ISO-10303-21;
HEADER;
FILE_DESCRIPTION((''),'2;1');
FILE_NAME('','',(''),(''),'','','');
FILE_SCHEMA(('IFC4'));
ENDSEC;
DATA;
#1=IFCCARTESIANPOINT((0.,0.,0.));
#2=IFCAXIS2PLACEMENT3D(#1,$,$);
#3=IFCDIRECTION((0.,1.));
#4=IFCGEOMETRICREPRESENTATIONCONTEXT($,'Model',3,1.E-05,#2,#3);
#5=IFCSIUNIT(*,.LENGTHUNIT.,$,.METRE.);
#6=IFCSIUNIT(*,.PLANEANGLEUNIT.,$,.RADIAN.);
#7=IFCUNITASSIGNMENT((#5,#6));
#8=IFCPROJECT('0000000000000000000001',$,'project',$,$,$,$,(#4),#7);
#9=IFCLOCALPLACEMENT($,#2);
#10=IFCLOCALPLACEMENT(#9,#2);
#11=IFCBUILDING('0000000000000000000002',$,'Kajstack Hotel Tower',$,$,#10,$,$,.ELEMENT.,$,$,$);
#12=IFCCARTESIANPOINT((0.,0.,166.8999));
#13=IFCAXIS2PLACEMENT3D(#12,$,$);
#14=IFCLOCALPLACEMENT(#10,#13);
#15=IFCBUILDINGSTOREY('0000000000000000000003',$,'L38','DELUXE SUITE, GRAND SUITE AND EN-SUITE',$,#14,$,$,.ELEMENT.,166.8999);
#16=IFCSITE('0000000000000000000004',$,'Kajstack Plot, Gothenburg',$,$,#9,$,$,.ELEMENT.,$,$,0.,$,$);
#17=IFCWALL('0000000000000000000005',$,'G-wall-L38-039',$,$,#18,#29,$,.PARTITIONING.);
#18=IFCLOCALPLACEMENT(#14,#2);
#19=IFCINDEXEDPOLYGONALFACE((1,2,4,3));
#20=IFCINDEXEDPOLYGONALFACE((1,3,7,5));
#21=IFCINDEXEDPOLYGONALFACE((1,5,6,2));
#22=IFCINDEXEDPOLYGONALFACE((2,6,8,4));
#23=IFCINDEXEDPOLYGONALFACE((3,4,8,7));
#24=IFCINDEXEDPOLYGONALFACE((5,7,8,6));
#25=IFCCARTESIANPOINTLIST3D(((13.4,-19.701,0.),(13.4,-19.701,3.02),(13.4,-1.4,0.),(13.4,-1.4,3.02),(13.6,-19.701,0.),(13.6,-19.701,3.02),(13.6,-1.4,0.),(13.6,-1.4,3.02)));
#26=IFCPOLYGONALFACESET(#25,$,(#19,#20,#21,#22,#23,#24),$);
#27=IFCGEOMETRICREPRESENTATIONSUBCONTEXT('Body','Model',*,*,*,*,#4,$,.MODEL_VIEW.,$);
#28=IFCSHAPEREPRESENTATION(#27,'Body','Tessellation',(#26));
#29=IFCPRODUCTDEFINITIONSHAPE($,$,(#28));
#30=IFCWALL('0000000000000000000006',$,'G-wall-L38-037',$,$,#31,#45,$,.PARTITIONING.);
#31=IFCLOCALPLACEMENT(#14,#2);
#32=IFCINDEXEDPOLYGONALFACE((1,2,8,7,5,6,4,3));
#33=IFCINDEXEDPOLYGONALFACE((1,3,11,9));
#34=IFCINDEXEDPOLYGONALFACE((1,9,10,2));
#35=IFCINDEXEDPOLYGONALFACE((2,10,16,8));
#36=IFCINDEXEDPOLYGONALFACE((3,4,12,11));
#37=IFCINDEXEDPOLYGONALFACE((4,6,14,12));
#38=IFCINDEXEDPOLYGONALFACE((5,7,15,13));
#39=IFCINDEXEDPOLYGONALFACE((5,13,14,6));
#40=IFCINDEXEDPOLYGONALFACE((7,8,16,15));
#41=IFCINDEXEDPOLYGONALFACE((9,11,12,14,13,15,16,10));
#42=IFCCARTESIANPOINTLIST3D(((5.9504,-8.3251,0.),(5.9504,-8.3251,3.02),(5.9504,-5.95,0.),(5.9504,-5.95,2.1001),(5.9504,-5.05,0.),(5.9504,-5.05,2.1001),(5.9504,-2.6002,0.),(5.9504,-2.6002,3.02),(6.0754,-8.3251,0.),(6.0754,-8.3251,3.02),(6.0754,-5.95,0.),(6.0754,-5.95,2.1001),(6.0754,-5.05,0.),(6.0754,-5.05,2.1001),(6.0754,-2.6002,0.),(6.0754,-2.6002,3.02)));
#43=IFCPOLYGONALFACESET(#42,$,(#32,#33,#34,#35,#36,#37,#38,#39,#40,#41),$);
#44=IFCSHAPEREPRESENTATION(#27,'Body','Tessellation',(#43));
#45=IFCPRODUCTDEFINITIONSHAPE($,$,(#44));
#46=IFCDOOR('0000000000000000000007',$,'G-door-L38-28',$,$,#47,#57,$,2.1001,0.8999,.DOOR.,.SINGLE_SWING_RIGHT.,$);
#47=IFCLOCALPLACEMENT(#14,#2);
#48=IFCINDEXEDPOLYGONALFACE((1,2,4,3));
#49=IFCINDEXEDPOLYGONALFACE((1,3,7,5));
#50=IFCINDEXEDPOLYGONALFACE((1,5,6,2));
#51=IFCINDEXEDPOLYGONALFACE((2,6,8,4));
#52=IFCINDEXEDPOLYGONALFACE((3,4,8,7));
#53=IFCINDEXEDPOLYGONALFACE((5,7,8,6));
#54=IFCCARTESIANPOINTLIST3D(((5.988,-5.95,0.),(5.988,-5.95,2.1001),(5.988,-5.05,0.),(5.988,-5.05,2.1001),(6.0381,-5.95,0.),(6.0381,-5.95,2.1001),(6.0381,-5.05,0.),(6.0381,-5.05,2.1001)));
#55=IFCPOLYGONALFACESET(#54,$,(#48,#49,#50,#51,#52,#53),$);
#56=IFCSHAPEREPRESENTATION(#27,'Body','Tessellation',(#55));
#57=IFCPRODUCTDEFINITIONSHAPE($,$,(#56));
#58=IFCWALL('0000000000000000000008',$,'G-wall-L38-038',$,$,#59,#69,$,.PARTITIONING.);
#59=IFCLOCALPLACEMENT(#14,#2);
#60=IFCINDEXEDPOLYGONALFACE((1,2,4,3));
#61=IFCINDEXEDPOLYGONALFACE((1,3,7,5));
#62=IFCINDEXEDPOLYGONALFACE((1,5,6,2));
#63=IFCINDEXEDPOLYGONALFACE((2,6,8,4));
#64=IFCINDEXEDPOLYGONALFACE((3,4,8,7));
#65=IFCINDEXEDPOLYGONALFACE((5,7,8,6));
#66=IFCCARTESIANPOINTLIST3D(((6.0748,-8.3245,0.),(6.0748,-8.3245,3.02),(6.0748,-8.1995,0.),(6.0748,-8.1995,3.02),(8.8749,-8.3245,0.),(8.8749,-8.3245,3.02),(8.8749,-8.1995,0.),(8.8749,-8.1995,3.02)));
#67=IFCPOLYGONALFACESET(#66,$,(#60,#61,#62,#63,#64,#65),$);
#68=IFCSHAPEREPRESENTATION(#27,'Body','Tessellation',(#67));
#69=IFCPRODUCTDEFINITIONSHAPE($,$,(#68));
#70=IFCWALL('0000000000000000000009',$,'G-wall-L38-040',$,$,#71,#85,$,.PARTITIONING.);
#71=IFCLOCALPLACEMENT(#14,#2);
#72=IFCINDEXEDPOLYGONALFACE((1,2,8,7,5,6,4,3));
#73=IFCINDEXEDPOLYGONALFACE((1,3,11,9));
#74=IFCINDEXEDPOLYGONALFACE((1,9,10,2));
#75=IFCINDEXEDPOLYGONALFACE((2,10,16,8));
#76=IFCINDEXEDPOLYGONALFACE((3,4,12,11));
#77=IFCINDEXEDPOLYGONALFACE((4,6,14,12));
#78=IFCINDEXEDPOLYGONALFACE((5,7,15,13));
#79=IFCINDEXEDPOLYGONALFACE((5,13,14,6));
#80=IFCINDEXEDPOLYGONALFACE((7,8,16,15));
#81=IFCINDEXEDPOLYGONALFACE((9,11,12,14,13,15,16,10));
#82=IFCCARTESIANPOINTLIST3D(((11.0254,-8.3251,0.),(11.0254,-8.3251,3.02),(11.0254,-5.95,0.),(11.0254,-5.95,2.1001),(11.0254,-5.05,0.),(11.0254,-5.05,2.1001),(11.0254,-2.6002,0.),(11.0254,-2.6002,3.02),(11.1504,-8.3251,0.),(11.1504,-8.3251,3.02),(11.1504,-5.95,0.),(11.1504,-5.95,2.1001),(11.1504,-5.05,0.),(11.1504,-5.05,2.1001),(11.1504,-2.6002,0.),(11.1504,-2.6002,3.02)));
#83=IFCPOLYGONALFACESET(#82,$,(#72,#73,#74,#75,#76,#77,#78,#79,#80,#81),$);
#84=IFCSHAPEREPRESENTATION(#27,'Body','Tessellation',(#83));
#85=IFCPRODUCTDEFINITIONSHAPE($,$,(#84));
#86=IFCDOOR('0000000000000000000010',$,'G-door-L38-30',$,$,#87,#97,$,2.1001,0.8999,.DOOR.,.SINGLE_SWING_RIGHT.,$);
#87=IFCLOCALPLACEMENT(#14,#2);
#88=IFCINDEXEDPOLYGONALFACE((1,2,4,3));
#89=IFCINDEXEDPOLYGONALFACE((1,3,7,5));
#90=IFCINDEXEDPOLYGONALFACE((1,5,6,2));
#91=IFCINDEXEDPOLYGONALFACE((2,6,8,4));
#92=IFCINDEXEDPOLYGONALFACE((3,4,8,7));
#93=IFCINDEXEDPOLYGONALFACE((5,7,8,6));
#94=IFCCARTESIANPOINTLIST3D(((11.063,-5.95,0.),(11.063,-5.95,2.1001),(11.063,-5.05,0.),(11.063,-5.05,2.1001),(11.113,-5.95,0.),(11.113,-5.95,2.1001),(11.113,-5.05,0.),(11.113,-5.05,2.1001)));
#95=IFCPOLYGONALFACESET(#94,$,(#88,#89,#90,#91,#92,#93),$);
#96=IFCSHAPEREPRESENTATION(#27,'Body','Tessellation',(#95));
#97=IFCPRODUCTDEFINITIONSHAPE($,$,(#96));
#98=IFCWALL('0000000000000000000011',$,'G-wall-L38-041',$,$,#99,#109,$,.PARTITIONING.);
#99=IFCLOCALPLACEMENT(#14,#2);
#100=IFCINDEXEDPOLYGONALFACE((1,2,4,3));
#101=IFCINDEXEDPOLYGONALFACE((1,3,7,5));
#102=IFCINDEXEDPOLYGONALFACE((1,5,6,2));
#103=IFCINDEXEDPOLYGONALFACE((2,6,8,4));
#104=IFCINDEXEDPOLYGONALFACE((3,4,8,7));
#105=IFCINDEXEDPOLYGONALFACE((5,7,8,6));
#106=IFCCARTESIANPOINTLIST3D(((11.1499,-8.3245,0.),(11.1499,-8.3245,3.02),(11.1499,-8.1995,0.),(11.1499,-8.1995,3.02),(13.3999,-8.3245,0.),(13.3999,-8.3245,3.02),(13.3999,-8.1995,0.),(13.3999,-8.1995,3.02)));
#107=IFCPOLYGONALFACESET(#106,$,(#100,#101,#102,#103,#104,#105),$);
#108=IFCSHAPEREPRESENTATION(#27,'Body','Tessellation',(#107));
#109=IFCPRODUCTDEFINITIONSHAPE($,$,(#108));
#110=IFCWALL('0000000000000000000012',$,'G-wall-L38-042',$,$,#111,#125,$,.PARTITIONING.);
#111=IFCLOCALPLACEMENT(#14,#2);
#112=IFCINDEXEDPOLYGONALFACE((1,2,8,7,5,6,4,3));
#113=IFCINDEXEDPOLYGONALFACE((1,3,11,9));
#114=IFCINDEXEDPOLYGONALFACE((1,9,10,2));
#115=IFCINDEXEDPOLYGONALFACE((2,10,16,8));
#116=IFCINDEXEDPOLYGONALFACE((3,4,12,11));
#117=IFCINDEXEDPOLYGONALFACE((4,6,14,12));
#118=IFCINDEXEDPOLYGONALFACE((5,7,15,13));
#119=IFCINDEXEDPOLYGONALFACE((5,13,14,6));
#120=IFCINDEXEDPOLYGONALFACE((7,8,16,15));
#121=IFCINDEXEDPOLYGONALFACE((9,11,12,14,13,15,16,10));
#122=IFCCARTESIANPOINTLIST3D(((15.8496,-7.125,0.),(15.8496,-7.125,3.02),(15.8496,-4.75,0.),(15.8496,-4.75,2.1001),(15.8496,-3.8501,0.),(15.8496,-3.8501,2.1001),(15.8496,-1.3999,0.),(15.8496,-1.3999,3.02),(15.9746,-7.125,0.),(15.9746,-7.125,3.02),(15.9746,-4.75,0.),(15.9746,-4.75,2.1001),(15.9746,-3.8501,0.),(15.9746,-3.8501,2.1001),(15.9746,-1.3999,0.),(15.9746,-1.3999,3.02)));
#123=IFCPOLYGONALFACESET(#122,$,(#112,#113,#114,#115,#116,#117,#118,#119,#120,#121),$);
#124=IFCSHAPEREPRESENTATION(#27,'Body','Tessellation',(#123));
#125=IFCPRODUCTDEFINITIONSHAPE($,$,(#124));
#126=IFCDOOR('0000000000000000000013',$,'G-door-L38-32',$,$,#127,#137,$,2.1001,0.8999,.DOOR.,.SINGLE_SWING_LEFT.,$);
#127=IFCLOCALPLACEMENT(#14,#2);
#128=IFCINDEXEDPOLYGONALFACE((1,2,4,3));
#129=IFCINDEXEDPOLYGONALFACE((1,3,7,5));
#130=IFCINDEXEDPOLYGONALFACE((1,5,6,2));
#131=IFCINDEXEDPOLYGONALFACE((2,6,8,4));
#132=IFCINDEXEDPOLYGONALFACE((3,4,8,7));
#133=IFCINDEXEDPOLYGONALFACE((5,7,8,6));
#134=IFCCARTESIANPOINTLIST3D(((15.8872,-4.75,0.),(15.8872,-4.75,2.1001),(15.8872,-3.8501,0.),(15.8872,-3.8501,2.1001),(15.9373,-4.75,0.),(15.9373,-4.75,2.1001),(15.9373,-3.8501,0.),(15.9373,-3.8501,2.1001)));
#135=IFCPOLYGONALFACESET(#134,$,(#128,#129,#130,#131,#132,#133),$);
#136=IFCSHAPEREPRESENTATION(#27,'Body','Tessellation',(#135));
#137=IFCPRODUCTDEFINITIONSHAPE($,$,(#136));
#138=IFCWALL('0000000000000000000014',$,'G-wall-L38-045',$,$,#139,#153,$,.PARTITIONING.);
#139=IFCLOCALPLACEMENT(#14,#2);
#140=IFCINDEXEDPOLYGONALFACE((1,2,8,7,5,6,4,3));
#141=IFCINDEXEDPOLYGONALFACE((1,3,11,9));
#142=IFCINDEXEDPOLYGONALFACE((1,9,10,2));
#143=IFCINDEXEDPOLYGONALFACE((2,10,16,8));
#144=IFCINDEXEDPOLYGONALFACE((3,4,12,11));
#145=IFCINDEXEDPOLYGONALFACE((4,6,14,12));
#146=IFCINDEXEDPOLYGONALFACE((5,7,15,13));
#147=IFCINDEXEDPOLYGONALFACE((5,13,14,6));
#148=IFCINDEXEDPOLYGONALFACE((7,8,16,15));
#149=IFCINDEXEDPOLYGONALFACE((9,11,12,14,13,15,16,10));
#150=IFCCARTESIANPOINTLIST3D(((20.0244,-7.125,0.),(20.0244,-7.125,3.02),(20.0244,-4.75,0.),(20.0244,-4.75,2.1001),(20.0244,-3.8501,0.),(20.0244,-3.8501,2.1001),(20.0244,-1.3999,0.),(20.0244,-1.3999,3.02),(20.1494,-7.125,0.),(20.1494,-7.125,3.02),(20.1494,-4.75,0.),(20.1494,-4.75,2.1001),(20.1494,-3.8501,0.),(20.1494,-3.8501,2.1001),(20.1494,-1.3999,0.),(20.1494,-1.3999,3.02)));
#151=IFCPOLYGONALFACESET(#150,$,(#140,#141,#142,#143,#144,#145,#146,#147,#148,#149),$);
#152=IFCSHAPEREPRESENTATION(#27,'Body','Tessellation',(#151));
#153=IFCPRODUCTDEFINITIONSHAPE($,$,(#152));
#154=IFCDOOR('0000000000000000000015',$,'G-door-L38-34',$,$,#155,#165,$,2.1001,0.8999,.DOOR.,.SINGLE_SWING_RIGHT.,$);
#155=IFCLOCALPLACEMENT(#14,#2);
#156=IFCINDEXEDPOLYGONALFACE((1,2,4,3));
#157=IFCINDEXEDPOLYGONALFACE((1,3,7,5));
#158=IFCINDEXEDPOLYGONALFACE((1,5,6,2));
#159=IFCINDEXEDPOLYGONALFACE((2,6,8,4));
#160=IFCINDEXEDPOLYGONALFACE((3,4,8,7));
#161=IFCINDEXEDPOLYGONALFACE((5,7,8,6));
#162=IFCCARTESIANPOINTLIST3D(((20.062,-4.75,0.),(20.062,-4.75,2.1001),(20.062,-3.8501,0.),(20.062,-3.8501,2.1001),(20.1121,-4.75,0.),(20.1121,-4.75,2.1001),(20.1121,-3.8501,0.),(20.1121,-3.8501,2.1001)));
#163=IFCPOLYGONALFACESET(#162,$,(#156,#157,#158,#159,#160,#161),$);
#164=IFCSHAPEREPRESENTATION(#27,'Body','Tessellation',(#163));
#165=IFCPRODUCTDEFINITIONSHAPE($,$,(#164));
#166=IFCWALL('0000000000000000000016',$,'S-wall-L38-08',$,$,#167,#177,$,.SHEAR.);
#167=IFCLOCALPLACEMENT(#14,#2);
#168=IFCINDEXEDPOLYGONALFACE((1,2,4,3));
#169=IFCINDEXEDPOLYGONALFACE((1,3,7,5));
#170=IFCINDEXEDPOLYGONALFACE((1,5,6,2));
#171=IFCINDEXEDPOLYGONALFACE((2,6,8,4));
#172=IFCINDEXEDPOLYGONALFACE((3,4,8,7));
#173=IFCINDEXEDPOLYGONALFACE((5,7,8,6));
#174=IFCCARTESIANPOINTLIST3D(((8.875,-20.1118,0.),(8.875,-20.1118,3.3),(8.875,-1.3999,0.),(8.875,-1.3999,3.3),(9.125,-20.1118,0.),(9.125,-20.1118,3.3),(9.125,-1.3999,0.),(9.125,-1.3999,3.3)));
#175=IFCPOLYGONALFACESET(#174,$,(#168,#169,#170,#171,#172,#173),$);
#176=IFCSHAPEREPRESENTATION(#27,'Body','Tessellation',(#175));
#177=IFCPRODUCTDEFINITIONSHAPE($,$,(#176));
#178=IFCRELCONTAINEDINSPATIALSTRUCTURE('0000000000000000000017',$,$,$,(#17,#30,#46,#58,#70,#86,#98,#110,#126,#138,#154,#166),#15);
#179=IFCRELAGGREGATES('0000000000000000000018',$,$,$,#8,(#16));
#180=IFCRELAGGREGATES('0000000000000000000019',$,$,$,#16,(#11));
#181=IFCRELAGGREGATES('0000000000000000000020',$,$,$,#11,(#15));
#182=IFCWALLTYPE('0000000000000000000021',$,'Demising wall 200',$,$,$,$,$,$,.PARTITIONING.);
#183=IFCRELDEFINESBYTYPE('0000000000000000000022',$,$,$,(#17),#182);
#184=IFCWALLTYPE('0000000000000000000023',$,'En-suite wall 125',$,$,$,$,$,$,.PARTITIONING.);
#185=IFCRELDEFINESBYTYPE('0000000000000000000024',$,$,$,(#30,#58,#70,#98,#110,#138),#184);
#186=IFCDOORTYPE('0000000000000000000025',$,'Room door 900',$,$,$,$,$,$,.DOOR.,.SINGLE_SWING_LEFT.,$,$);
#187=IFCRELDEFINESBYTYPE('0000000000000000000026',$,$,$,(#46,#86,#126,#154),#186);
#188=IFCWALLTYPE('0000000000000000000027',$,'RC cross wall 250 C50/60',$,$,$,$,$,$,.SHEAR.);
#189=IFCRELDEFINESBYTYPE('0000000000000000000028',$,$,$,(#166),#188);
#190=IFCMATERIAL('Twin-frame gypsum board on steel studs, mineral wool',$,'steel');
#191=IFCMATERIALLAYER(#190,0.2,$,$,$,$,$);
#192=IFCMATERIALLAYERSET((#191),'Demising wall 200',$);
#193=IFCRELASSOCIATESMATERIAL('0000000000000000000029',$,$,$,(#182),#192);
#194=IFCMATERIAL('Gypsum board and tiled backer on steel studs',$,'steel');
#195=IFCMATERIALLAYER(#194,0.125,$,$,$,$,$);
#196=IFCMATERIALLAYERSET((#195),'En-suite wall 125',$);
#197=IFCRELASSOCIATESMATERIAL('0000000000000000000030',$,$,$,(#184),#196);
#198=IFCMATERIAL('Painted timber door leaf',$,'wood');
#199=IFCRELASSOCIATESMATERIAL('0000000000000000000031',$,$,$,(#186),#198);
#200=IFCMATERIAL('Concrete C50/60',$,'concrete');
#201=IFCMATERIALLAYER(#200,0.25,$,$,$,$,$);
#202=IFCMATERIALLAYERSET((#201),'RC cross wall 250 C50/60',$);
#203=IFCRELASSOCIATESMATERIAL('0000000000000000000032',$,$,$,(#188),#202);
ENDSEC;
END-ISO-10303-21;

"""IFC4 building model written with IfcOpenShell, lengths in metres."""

from ifc_helpers import new_model, si_unit, direction, frame, frame_2d, origin, place, context, subcontext, project, spatial, rectangle, extrude, material, layer, layer_set, type_object, element, fill, save


model = new_model("IFC4")

# Units and contexts
model_context = context("Model", 3, precision=1e-05, world=origin(), true_north=direction((0.0, 1.0)))
body_context = subcontext(model_context, "Body", "Model", "MODEL_VIEW")
ifc_project = project(units=[si_unit("LENGTHUNIT", "METRE"), si_unit("PLANEANGLEUNIT", "RADIAN")], contexts=[model_context])

# Site, building, storey
site_placement = place(None, origin())
site = spatial("IfcSite", under=ifc_project, at=site_placement, Name="Kajstack Plot, Gothenburg", CompositionType="ELEMENT", RefElevation=0.0)
building_placement = place(site_placement, origin())
building = spatial("IfcBuilding", under=site, at=building_placement, Name="Kajstack Hotel Tower", CompositionType="ELEMENT")
storey_placement = place(building_placement, frame((0.0, 0.0, 166.8999)))
storey = spatial("IfcBuildingStorey", under=building, at=storey_placement, Name="L38", Description="DELUXE SUITE, GRAND SUITE AND EN-SUITE", CompositionType="ELEMENT", Elevation=166.8999)

# Wall
ifc_material_1 = material(Name="Twin-frame gypsum board on steel studs, mineral wool", Category="steel")
ifc_layer_1 = layer(ifc_material_1, 0.2)
ifc_layer_set_1 = layer_set([ifc_layer_1], Name="Demising wall 200")
wall_type_1 = type_object("IfcWallType", Name="Demising wall 200", PredefinedType="PARTITIONING", material=ifc_layer_set_1)
wall_1_placement = place(storey_placement, frame((13.5, -19.7009, 0.0), z_axis=(0.0, 0.0, 1.0), x_axis=(0.0, 1.0, 0.0)))
element("IfcWall", 1, at=wall_1_placement, inside=storey, type_object=wall_type_1, Name="G-wall-L38-039", PredefinedType="PARTITIONING", context=body_context, shape_type="SweptSolid", body=[
    extrude(rectangle(XDim=18.301, YDim=0.2, at=frame_2d((9.1504, 0.0))), origin(), (0.0, 0.0, 1.0), 3.02),
])

# Wall, opening, door
ifc_material_2 = material(Name="Gypsum board and tiled backer on steel studs", Category="steel")
ifc_layer_2 = layer(ifc_material_2, 0.125)
ifc_layer_set_2 = layer_set([ifc_layer_2], Name="En-suite wall 125")
wall_type_2 = type_object("IfcWallType", Name="En-suite wall 125", PredefinedType="PARTITIONING", material=ifc_layer_set_2)
wall_2_placement = place(storey_placement, frame((6.0129, -8.325, 0.0), z_axis=(0.0, 0.0, 1.0), x_axis=(0.0, 1.0, 0.0)))
wall_2 = element("IfcWall", 2, at=wall_2_placement, inside=storey, type_object=wall_type_2, Name="G-wall-L38-037", PredefinedType="PARTITIONING", context=body_context, shape_type="SweptSolid", body=[
    extrude(rectangle(XDim=5.7249, YDim=0.125, at=frame_2d((2.8623, 0.0))), origin(), (0.0, 0.0, 1.0), 3.02),
])
opening_1_placement = place(wall_2_placement, frame((2.375, 0.0, 0.0)))
opening_1 = element("IfcOpeningElement", 3, at=opening_1_placement, cuts=wall_2, PredefinedType="OPENING", context=body_context, shape_type="SweptSolid", body=[
    extrude(rectangle(XDim=0.8999, YDim=2.1001, at=frame_2d((0.45, 1.05))), frame((0.0, 0.0725, 0.0), z_axis=(0.0, -1.0, 0.0), x_axis=(1.0, 0.0, 0.0)), (0.0, 0.0, 1.0), 0.145),
])
ifc_material_3 = material(Name="Painted timber door leaf", Category="wood")
door_type = type_object("IfcDoorType", Name="Room door 900", OperationType="SINGLE_SWING_LEFT", PredefinedType="DOOR", material=ifc_material_3)
door_1_placement = place(opening_1_placement, origin())
door_1 = element("IfcDoor", 4, at=door_1_placement, inside=storey, type_object=door_type, Name="G-door-L38-28", OperationType="SINGLE_SWING_RIGHT", OverallHeight=2.1001, OverallWidth=0.8999, PredefinedType="DOOR", context=body_context, shape_type="SweptSolid", body=[
    extrude(rectangle(XDim=0.8999, YDim=2.1001, at=frame_2d((0.45, 1.05))), frame((0.0, 0.0249, 0.0), z_axis=(0.0, -1.0, 0.0), x_axis=(1.0, 0.0, 0.0)), (0.0, 0.0, 1.0), 0.05),
])
fill(opening_1, door_1)

# Wall
wall_3_placement = place(storey_placement, frame((6.075, -8.262, 0.0), z_axis=(0.0, 0.0, 1.0), x_axis=(1.0, 0.0, 0.0)))
element("IfcWall", 5, at=wall_3_placement, inside=storey, type_object=wall_type_2, Name="G-wall-L38-038", PredefinedType="PARTITIONING", context=body_context, shape_type="SweptSolid", body=[
    extrude(rectangle(XDim=2.8, YDim=0.125, at=frame_2d((1.3999, 0.0))), origin(), (0.0, 0.0, 1.0), 3.02),
])

# Wall, opening, door
wall_4_placement = place(storey_placement, frame((11.0879, -8.325, 0.0), z_axis=(0.0, 0.0, 1.0), x_axis=(0.0, 1.0, 0.0)))
wall_4 = element("IfcWall", 6, at=wall_4_placement, inside=storey, type_object=wall_type_2, Name="G-wall-L38-040", PredefinedType="PARTITIONING", context=body_context, shape_type="SweptSolid", body=[
    extrude(rectangle(XDim=5.7249, YDim=0.125, at=frame_2d((2.8623, 0.0))), origin(), (0.0, 0.0, 1.0), 3.02),
])
opening_2_placement = place(wall_4_placement, frame((2.375, 0.0, 0.0)))
opening_2 = element("IfcOpeningElement", 7, at=opening_2_placement, cuts=wall_4, PredefinedType="OPENING", context=body_context, shape_type="SweptSolid", body=[
    extrude(rectangle(XDim=0.8999, YDim=2.1001, at=frame_2d((0.45, 1.05))), frame((0.0, 0.0725, 0.0), z_axis=(0.0, -1.0, 0.0), x_axis=(1.0, 0.0, 0.0)), (0.0, 0.0, 1.0), 0.145),
])
door_2_placement = place(opening_2_placement, origin())
door_2 = element("IfcDoor", 8, at=door_2_placement, inside=storey, type_object=door_type, Name="G-door-L38-30", OperationType="SINGLE_SWING_RIGHT", OverallHeight=2.1001, OverallWidth=0.8999, PredefinedType="DOOR", context=body_context, shape_type="SweptSolid", body=[
    extrude(rectangle(XDim=0.8999, YDim=2.1001, at=frame_2d((0.45, 1.05))), frame((0.0, 0.0249, 0.0), z_axis=(0.0, -1.0, 0.0), x_axis=(1.0, 0.0, 0.0)), (0.0, 0.0, 1.0), 0.05),
])
fill(opening_2, door_2)

# Wall
wall_5_placement = place(storey_placement, frame((11.1499, -8.262, 0.0), z_axis=(0.0, 0.0, 1.0), x_axis=(1.0, 0.0, 0.0)))
element("IfcWall", 9, at=wall_5_placement, inside=storey, type_object=wall_type_2, Name="G-wall-L38-041", PredefinedType="PARTITIONING", context=body_context, shape_type="SweptSolid", body=[
    extrude(rectangle(XDim=2.25, YDim=0.125, at=frame_2d((1.125, 0.0))), origin(), (0.0, 0.0, 1.0), 3.02),
])

# Walls, openings, doors
wall_6_placement = place(storey_placement, frame((15.9121, -7.125, 0.0), z_axis=(0.0, 0.0, 1.0), x_axis=(0.0, 1.0, 0.0)))
wall_6 = element("IfcWall", 10, at=wall_6_placement, inside=storey, type_object=wall_type_2, Name="G-wall-L38-042", PredefinedType="PARTITIONING", context=body_context, shape_type="SweptSolid", body=[
    extrude(rectangle(XDim=5.7251, YDim=0.125, at=frame_2d((2.8625, 0.0))), origin(), (0.0, 0.0, 1.0), 3.02),
])
opening_3_placement = place(wall_6_placement, frame((2.375, 0.0, 0.0)))
opening_3 = element("IfcOpeningElement", 11, at=opening_3_placement, cuts=wall_6, PredefinedType="OPENING", context=body_context, shape_type="SweptSolid", body=[
    extrude(rectangle(XDim=0.8999, YDim=2.1001, at=frame_2d((0.45, 1.05))), frame((0.0, 0.0725, 0.0), z_axis=(0.0, -1.0, 0.0), x_axis=(1.0, 0.0, 0.0)), (0.0, 0.0, 1.0), 0.145),
])
door_3_placement = place(opening_3_placement, origin())
door_3 = element("IfcDoor", 12, at=door_3_placement, inside=storey, type_object=door_type, Name="G-door-L38-32", OperationType="SINGLE_SWING_LEFT", OverallHeight=2.1001, OverallWidth=0.8999, PredefinedType="DOOR", context=body_context, shape_type="SweptSolid", body=[
    extrude(rectangle(XDim=0.8999, YDim=2.1001, at=frame_2d((0.45, 1.05))), frame((0.0, 0.0249, 0.0), z_axis=(0.0, -1.0, 0.0), x_axis=(1.0, 0.0, 0.0)), (0.0, 0.0, 1.0), 0.05),
])
fill(opening_3, door_3)
wall_7_placement = place(storey_placement, frame((20.0869, -7.125, 0.0), z_axis=(0.0, 0.0, 1.0), x_axis=(0.0, 1.0, 0.0)))
wall_7 = element("IfcWall", 13, at=wall_7_placement, inside=storey, type_object=wall_type_2, Name="G-wall-L38-045", PredefinedType="PARTITIONING", context=body_context, shape_type="SweptSolid", body=[
    extrude(rectangle(XDim=5.7251, YDim=0.125, at=frame_2d((2.8625, 0.0))), origin(), (0.0, 0.0, 1.0), 3.02),
])
opening_4_placement = place(wall_7_placement, frame((2.375, 0.0, 0.0)))
opening_4 = element("IfcOpeningElement", 14, at=opening_4_placement, cuts=wall_7, PredefinedType="OPENING", context=body_context, shape_type="SweptSolid", body=[
    extrude(rectangle(XDim=0.8999, YDim=2.1001, at=frame_2d((0.45, 1.05))), frame((0.0, 0.0725, 0.0), z_axis=(0.0, -1.0, 0.0), x_axis=(1.0, 0.0, 0.0)), (0.0, 0.0, 1.0), 0.145),
])
door_4_placement = place(opening_4_placement, origin())
door_4 = element("IfcDoor", 15, at=door_4_placement, inside=storey, type_object=door_type, Name="G-door-L38-34", OperationType="SINGLE_SWING_RIGHT", OverallHeight=2.1001, OverallWidth=0.8999, PredefinedType="DOOR", context=body_context, shape_type="SweptSolid", body=[
    extrude(rectangle(XDim=0.8999, YDim=2.1001, at=frame_2d((0.45, 1.05))), frame((0.0, 0.0249, 0.0), z_axis=(0.0, -1.0, 0.0), x_axis=(1.0, 0.0, 0.0)), (0.0, 0.0, 1.0), 0.05),
])
fill(opening_4, door_4)

# Wall
ifc_material_4 = material(Name="Concrete C50/60", Category="concrete")
ifc_layer_3 = layer(ifc_material_4, 0.25)
ifc_layer_set_3 = layer_set([ifc_layer_3], Name="RC cross wall 250 C50/60")
wall_type_3 = type_object("IfcWallType", Name="RC cross wall 250 C50/60", PredefinedType="SHEAR", material=ifc_layer_set_3)
wall_8_placement = place(storey_placement, frame((9.0, -20.1118, 0.0), z_axis=(0.0, 0.0, 1.0), x_axis=(0.0, 1.0, 0.0)))
element("IfcWall", 16, at=wall_8_placement, inside=storey, type_object=wall_type_3, Name="S-wall-L38-08", PredefinedType="SHEAR", context=body_context, shape_type="SweptSolid", body=[
    extrude(rectangle(XDim=18.7119, YDim=0.25, at=frame_2d((9.356, 0.0))), origin(), (0.0, 0.0, 1.0), 3.3),
])

save(model, "model.ifc")
